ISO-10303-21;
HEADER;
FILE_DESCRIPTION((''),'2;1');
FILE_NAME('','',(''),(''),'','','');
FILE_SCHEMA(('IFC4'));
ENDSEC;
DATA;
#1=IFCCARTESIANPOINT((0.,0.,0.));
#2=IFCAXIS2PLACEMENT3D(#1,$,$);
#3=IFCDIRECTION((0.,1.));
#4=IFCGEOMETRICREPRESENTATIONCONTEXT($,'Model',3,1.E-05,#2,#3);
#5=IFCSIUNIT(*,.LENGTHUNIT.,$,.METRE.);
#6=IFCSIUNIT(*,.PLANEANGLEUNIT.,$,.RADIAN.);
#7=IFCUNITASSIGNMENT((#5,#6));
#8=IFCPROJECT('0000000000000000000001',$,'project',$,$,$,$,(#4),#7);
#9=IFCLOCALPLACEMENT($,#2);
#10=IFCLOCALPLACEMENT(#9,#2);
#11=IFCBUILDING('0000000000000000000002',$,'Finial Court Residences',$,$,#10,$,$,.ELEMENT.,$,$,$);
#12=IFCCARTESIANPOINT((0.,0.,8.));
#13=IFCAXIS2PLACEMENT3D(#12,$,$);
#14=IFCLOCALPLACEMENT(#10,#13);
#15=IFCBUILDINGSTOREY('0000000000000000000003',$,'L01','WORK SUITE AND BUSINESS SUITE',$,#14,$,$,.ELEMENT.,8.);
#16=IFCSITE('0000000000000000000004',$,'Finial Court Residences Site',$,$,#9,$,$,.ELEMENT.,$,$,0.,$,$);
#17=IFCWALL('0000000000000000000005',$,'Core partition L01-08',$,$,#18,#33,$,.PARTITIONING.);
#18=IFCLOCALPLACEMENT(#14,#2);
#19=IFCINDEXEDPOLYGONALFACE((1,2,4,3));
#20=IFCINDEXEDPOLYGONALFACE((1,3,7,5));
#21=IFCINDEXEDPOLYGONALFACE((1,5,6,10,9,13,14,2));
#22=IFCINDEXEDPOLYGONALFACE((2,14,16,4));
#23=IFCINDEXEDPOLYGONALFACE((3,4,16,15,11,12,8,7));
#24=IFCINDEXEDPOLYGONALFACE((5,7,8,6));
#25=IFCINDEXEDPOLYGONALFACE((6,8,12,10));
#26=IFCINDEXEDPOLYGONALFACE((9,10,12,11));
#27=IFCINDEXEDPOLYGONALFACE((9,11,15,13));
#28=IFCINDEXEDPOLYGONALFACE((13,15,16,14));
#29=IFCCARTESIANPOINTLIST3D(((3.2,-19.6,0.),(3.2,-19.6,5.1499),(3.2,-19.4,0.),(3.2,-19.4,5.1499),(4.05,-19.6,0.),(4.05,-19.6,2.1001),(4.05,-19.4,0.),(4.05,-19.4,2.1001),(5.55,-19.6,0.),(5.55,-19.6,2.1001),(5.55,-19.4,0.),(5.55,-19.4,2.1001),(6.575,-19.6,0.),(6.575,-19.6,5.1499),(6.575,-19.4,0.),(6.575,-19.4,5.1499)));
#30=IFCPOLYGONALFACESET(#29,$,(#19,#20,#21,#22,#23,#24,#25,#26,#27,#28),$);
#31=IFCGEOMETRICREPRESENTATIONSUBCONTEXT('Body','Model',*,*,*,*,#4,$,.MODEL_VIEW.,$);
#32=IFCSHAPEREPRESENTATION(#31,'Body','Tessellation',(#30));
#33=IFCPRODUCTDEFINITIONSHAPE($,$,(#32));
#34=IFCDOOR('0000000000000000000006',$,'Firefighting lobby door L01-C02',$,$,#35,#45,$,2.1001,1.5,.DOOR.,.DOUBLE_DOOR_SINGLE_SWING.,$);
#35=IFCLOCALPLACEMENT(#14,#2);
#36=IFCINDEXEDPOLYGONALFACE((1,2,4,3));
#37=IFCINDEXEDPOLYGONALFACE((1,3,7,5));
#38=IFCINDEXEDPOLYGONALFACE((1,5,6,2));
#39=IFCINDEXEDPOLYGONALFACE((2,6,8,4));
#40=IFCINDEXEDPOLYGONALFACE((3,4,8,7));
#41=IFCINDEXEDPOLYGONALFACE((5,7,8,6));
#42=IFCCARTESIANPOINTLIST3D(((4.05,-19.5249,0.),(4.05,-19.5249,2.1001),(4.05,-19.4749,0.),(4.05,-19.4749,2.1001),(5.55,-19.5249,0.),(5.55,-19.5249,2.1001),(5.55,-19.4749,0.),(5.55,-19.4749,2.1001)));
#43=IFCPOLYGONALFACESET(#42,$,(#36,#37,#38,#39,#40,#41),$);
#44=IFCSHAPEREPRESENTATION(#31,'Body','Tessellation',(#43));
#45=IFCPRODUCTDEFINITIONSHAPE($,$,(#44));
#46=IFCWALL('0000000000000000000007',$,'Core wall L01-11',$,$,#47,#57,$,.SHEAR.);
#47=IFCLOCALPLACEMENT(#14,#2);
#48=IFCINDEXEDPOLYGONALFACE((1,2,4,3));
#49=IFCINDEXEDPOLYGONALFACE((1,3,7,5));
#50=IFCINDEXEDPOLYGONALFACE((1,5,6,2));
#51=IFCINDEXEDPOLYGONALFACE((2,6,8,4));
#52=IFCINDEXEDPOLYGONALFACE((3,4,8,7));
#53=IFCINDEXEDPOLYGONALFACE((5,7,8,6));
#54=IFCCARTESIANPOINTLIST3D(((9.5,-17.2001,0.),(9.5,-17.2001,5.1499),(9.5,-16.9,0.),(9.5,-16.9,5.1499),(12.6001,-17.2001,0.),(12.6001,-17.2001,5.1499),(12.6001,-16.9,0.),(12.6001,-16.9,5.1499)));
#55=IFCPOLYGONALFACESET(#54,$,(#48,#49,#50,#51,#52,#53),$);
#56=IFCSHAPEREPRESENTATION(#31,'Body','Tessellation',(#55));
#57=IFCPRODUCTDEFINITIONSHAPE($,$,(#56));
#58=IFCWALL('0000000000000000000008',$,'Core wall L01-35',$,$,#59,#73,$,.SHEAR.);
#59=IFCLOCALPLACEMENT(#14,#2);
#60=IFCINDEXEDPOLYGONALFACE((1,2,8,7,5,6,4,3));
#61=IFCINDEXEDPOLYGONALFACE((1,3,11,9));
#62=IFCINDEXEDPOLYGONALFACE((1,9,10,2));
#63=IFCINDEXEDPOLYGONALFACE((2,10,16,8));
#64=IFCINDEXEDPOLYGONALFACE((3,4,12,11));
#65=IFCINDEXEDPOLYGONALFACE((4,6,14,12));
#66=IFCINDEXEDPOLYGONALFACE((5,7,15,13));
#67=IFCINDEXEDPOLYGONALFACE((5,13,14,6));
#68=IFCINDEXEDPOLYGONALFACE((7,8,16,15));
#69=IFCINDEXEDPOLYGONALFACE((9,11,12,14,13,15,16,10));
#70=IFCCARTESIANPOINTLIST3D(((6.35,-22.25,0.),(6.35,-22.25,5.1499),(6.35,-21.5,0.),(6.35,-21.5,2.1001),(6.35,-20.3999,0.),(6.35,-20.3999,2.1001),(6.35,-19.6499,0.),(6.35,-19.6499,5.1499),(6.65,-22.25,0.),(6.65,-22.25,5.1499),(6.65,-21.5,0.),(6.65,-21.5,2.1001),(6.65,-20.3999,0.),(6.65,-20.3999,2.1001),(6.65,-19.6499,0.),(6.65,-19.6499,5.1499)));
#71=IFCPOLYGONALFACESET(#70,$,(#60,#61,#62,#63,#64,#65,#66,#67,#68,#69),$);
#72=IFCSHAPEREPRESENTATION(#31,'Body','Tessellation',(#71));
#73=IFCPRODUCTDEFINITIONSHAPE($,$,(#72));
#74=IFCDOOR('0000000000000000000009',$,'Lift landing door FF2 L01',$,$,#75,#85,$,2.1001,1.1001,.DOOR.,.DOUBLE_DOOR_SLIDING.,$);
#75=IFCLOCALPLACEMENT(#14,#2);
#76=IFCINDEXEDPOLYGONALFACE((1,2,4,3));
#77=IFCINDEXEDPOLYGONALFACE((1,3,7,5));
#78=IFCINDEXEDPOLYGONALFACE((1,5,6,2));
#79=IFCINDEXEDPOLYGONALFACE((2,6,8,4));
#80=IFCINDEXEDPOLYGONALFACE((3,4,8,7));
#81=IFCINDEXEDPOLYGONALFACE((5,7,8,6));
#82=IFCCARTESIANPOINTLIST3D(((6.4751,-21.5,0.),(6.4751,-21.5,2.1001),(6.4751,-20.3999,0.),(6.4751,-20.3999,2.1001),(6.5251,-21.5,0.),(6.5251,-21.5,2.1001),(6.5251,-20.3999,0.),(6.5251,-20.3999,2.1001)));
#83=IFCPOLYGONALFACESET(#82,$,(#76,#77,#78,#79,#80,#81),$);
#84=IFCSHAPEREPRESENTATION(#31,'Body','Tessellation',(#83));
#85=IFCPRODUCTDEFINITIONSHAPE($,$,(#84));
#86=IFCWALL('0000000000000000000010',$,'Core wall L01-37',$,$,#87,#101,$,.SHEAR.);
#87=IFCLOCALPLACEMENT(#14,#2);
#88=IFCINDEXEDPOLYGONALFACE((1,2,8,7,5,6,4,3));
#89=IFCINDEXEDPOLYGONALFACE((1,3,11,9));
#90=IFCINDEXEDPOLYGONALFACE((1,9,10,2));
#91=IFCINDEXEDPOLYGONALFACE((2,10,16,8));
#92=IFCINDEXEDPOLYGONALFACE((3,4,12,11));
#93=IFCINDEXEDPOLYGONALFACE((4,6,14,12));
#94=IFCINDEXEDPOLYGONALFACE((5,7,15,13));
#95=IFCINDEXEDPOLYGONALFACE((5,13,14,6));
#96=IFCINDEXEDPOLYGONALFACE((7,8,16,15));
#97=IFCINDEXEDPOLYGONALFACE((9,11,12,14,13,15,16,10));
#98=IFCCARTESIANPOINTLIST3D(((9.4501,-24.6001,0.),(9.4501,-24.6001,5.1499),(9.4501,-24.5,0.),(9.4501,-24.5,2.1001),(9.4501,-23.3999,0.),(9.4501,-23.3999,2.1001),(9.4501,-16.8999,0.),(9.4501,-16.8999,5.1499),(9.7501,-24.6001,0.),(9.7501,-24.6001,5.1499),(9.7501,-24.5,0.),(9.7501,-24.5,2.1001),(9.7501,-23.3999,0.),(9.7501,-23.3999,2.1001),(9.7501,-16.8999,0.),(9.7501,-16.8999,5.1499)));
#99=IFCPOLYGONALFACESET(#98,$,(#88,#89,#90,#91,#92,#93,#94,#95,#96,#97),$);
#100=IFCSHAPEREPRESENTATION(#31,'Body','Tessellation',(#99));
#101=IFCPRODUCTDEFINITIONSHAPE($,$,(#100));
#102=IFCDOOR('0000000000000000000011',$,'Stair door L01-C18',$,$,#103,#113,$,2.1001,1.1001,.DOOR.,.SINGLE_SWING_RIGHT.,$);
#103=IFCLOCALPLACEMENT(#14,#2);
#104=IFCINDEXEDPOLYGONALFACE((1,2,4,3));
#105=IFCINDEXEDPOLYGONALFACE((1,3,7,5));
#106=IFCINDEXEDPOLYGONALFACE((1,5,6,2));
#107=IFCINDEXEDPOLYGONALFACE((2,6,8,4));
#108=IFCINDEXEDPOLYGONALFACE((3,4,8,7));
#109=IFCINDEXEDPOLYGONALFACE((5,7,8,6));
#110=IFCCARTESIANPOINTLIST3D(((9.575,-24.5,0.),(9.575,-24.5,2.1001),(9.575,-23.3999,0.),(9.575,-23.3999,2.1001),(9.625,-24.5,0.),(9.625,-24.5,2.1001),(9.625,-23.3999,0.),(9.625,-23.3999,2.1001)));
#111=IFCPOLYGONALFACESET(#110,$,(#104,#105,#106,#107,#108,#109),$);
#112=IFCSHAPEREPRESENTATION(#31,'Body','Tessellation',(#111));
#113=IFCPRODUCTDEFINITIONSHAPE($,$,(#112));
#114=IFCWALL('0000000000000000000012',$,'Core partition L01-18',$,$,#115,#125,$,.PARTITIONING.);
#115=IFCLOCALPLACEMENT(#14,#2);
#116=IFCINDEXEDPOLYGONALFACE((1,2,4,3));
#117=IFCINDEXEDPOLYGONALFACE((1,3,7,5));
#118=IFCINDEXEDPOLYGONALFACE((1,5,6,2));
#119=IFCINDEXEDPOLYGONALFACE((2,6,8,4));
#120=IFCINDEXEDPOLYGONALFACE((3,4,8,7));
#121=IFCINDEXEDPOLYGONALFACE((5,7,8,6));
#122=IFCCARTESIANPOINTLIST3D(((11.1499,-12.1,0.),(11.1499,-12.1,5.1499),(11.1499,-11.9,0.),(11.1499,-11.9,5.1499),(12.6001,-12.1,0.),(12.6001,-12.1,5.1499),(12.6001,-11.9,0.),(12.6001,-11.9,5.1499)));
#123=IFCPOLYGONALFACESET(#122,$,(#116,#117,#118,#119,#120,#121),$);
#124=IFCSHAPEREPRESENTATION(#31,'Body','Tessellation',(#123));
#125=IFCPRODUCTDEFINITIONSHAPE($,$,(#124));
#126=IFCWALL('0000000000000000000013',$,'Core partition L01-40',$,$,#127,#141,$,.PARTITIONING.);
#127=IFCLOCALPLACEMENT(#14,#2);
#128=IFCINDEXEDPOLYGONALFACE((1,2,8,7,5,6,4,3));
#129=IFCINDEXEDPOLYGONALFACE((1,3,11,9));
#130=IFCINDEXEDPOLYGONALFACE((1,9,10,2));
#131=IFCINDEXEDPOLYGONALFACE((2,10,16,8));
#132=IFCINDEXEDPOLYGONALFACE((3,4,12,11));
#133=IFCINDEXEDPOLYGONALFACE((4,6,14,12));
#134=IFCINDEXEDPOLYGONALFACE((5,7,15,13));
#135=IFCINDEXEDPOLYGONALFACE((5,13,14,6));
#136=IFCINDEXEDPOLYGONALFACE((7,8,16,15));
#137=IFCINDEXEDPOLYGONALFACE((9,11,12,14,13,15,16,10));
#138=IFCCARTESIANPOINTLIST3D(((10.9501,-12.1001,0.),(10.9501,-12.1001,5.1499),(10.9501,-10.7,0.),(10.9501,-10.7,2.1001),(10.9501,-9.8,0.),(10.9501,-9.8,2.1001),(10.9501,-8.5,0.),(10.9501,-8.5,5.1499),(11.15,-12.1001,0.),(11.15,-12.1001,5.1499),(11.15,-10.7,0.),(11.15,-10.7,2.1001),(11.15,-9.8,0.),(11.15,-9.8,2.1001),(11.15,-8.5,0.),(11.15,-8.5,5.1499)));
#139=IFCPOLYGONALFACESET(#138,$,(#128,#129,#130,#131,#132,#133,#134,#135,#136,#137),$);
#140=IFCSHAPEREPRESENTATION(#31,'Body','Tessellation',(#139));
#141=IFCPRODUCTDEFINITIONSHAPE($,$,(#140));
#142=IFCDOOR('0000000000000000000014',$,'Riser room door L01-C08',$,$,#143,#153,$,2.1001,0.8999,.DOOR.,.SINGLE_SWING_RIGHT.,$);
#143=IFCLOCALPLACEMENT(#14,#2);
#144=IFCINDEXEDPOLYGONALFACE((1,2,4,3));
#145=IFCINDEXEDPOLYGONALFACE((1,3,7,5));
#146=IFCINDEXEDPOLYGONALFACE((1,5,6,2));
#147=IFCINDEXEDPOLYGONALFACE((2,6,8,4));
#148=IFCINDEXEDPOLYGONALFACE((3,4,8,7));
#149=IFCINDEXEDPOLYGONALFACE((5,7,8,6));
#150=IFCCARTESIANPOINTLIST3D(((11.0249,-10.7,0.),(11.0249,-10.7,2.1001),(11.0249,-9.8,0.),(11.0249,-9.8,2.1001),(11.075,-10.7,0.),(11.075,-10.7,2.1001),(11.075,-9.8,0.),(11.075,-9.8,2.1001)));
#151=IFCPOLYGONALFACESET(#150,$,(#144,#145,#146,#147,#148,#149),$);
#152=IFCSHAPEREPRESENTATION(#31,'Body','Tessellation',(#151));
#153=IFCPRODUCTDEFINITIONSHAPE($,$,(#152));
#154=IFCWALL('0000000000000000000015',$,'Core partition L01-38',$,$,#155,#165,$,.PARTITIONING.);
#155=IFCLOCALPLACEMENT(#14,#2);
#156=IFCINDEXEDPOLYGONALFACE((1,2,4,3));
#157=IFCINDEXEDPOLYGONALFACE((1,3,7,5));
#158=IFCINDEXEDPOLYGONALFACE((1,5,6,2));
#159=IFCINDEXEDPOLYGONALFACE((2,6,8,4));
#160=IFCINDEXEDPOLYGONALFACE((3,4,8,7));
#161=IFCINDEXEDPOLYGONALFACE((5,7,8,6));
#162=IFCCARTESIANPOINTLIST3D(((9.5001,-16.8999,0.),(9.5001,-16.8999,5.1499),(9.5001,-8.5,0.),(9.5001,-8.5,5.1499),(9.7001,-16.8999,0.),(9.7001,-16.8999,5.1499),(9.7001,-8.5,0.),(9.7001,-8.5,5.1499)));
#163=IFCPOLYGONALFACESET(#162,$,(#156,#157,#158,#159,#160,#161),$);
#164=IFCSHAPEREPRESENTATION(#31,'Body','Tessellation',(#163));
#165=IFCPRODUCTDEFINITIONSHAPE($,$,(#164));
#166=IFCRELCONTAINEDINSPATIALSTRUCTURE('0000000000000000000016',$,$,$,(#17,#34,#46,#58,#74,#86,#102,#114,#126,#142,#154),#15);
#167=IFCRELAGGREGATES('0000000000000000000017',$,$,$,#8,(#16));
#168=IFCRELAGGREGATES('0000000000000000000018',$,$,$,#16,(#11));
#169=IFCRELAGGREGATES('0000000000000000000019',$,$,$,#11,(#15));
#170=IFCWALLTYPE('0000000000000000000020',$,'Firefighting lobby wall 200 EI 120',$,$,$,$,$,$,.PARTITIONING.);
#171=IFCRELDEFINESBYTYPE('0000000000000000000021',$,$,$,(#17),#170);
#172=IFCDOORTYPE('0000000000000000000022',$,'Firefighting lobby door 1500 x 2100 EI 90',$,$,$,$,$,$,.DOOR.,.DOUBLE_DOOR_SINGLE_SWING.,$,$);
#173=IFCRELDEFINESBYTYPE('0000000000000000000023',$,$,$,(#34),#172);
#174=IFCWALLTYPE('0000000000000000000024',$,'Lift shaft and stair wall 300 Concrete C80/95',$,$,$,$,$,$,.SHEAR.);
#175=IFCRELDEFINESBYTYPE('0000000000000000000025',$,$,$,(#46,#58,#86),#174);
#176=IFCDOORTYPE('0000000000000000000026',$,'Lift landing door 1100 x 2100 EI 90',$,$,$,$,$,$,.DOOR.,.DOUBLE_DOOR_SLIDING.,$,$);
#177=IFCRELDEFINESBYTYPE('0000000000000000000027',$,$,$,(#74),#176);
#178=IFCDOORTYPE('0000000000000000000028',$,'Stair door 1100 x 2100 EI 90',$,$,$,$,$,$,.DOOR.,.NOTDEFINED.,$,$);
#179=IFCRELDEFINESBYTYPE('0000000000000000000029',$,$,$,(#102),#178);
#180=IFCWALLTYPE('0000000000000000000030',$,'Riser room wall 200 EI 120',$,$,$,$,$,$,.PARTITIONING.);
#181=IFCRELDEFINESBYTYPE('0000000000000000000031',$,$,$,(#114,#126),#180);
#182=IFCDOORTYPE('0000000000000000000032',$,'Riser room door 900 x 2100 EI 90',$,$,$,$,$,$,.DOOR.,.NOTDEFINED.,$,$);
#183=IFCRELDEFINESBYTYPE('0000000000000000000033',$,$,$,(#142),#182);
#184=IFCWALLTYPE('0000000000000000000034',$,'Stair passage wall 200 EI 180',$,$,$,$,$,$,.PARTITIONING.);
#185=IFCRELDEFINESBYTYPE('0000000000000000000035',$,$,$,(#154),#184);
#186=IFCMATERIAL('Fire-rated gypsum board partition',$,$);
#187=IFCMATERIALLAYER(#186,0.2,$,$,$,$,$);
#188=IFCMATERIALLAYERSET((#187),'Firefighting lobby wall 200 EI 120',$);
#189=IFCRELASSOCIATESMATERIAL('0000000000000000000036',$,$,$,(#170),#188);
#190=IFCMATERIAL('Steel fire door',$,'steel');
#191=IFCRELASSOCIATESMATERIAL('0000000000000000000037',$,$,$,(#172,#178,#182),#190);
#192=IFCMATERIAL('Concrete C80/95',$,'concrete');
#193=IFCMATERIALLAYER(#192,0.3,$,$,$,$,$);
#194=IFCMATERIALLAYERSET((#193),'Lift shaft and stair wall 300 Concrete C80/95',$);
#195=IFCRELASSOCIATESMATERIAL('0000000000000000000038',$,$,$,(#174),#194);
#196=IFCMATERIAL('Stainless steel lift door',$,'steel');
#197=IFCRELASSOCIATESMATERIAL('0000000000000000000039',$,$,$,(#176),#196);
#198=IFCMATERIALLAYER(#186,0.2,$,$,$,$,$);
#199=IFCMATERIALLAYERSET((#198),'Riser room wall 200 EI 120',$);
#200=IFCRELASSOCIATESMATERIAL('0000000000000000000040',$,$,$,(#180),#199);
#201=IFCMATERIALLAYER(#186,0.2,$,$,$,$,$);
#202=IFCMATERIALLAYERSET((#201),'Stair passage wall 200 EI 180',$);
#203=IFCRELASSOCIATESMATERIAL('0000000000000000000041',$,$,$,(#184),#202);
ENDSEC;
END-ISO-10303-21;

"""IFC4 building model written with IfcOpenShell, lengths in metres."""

from ifc_helpers import new_model, si_unit, direction, frame, frame_2d, origin, place, context, subcontext, project, spatial, rectangle, extrude, material, layer, layer_set, type_object, element, fill, save


model = new_model("IFC4")

# Units and contexts
model_context = context("Model", 3, precision=1e-05, world=origin(), true_north=direction((0.0, 1.0)))
body_context = subcontext(model_context, "Body", "Model", "MODEL_VIEW")
ifc_project = project(units=[si_unit("LENGTHUNIT", "METRE"), si_unit("PLANEANGLEUNIT", "RADIAN")], contexts=[model_context])

# Site, building, storey
site_placement = place(None, origin())
site = spatial("IfcSite", under=ifc_project, at=site_placement, Name="Finial Court Residences Site", CompositionType="ELEMENT", RefElevation=0.0)
building_placement = place(site_placement, origin())
building = spatial("IfcBuilding", under=site, at=building_placement, Name="Finial Court Residences", CompositionType="ELEMENT")
storey_placement = place(building_placement, frame((0.0, 0.0, 8.0)))
storey = spatial("IfcBuildingStorey", under=building, at=storey_placement, Name="L01", Description="WORK SUITE AND BUSINESS SUITE", CompositionType="ELEMENT", Elevation=8.0)

# Shared definitions
ifc_material_1 = material(Name="Concrete C80/95", Category="concrete")

# Shared definitions
ifc_material_2 = material(Name="Fire-rated gypsum board partition")

# Shared definitions
ifc_material_3 = material(Name="Steel fire door", Category="steel")

# Wall, opening, door
ifc_layer_1 = layer(ifc_material_2, 0.2)
ifc_layer_set_1 = layer_set([ifc_layer_1], Name="Firefighting lobby wall 200 EI 120")
wall_type_1 = type_object("IfcWallType", Name="Firefighting lobby wall 200 EI 120", PredefinedType="PARTITIONING", material=ifc_layer_set_1)
wall_1_placement = place(storey_placement, frame((6.575, -19.5, 0.0), z_axis=(0.0, 0.0, 1.0), x_axis=(-1.0, 0.0, 0.0)))
wall_1 = element("IfcWall", 1, at=wall_1_placement, inside=storey, type_object=wall_type_1, Name="Core partition L01-08", PredefinedType="PARTITIONING", context=body_context, shape_type="SweptSolid", body=[
    extrude(rectangle(XDim=3.375, YDim=0.2, at=frame_2d((1.6875, 0.0))), origin(), (0.0, 0.0, 1.0), 5.1499),
])
opening_1_placement = place(wall_1_placement, frame((1.0249, 0.0, 0.0)))
opening_1 = element("IfcOpeningElement", 2, at=opening_1_placement, cuts=wall_1, PredefinedType="OPENING", context=body_context, shape_type="SweptSolid", body=[
    extrude(rectangle(XDim=1.5, YDim=2.1001, at=frame_2d((0.75, 1.05))), frame((0.0, 0.1099, 0.0), z_axis=(0.0, -1.0, 0.0), x_axis=(1.0, 0.0, 0.0)), (0.0, 0.0, 1.0), 0.22),
])
door_type_1 = type_object("IfcDoorType", Name="Firefighting lobby door 1500 x 2100 EI 90", OperationType="DOUBLE_DOOR_SINGLE_SWING", PredefinedType="DOOR", material=ifc_material_3)
door_1_placement = place(opening_1_placement, origin())
door_1 = element("IfcDoor", 3, at=door_1_placement, inside=storey, type_object=door_type_1, Name="Firefighting lobby door L01-C02", OperationType="DOUBLE_DOOR_SINGLE_SWING", OverallHeight=2.1001, OverallWidth=1.5, PredefinedType="DOOR", context=body_context, shape_type="SweptSolid", body=[
    extrude(rectangle(XDim=1.5, YDim=2.1001, at=frame_2d((0.75, 1.05))), frame((0.0, 0.0249, 0.0), z_axis=(0.0, -1.0, 0.0), x_axis=(1.0, 0.0, 0.0)), (0.0, 0.0, 1.0), 0.05),
])
fill(opening_1, door_1)

# Wall
ifc_layer_2 = layer(ifc_material_1, 0.3)
ifc_layer_set_2 = layer_set([ifc_layer_2], Name="Lift shaft and stair wall 300 Concrete C80/95")
wall_type_2 = type_object("IfcWallType", Name="Lift shaft and stair wall 300 Concrete C80/95", PredefinedType="SHEAR", material=ifc_layer_set_2)
wall_2_placement = place(storey_placement, frame((9.5, -17.05, 0.0), z_axis=(0.0, 0.0, 1.0), x_axis=(1.0, 0.0, 0.0)))
element("IfcWall", 4, at=wall_2_placement, inside=storey, type_object=wall_type_2, Name="Core wall L01-11", PredefinedType="SHEAR", context=body_context, shape_type="SweptSolid", body=[
    extrude(rectangle(XDim=3.1001, YDim=0.3, at=frame_2d((1.55, 0.0))), origin(), (0.0, 0.0, 1.0), 5.1499),
])

# Walls, openings, doors
wall_3_placement = place(storey_placement, frame((6.5, -22.25, 0.0), z_axis=(0.0, 0.0, 1.0), x_axis=(0.0, 1.0, 0.0)))
wall_3 = element("IfcWall", 5, at=wall_3_placement, inside=storey, type_object=wall_type_2, Name="Core wall L01-35", PredefinedType="SHEAR", context=body_context, shape_type="SweptSolid", body=[
    extrude(rectangle(XDim=2.6001, YDim=0.3, at=frame_2d((1.3, 0.0))), origin(), (0.0, 0.0, 1.0), 5.1499),
])
opening_2_placement = place(wall_3_placement, frame((0.75, 0.0, 0.0)))
opening_2 = element("IfcOpeningElement", 6, at=opening_2_placement, cuts=wall_3, PredefinedType="OPENING", context=body_context, shape_type="SweptSolid", body=[
    extrude(rectangle(XDim=1.1001, YDim=2.1001, at=frame_2d((0.55, 1.05))), frame((0.0, 0.1599, 0.0), z_axis=(0.0, -1.0, 0.0), x_axis=(1.0, 0.0, 0.0)), (0.0, 0.0, 1.0), 0.3201),
])
ifc_material_4 = material(Name="Stainless steel lift door", Category="steel")
door_type_2 = type_object("IfcDoorType", Name="Lift landing door 1100 x 2100 EI 90", OperationType="DOUBLE_DOOR_SLIDING", PredefinedType="DOOR", material=ifc_material_4)
door_2_placement = place(opening_2_placement, origin())
door_2 = element("IfcDoor", 7, at=door_2_placement, inside=storey, type_object=door_type_2, Name="Lift landing door FF2 L01", OperationType="DOUBLE_DOOR_SLIDING", OverallHeight=2.1001, OverallWidth=1.1001, PredefinedType="DOOR", context=body_context, shape_type="SweptSolid", body=[
    extrude(rectangle(XDim=1.1001, YDim=2.1001, at=frame_2d((0.55, 1.05))), frame((0.0, 0.0249, 0.0), z_axis=(0.0, -1.0, 0.0), x_axis=(1.0, 0.0, 0.0)), (0.0, 0.0, 1.0), 0.05),
])
fill(opening_2, door_2)
wall_4_placement = place(storey_placement, frame((9.6001, -16.8999, 0.0), z_axis=(0.0, 0.0, 1.0), x_axis=(0.0, -1.0, 0.0)))
wall_4 = element("IfcWall", 8, at=wall_4_placement, inside=storey, type_object=wall_type_2, Name="Core wall L01-37", PredefinedType="SHEAR", context=body_context, shape_type="SweptSolid", body=[
    extrude(rectangle(XDim=7.7002, YDim=0.3, at=frame_2d((3.8501, 0.0))), origin(), (0.0, 0.0, 1.0), 5.1499),
])
opening_3_placement = place(wall_4_placement, frame((6.5, 0.0, 0.0)))
opening_3 = element("IfcOpeningElement", 9, at=opening_3_placement, cuts=wall_4, PredefinedType="OPENING", context=body_context, shape_type="SweptSolid", body=[
    extrude(rectangle(XDim=1.1001, YDim=2.1001, at=frame_2d((0.55, 1.05))), frame((0.0, 0.1599, 0.0), z_axis=(0.0, -1.0, 0.0), x_axis=(1.0, 0.0, 0.0)), (0.0, 0.0, 1.0), 0.3201),
])
door_type_3 = type_object("IfcDoorType", Name="Stair door 1100 x 2100 EI 90", OperationType="NOTDEFINED", PredefinedType="DOOR", material=ifc_material_3)
door_3_placement = place(opening_3_placement, origin())
door_3 = element("IfcDoor", 10, at=door_3_placement, inside=storey, type_object=door_type_3, Name="Stair door L01-C18", OperationType="SINGLE_SWING_RIGHT", OverallHeight=2.1001, OverallWidth=1.1001, PredefinedType="DOOR", context=body_context, shape_type="SweptSolid", body=[
    extrude(rectangle(XDim=1.1001, YDim=2.1001, at=frame_2d((0.55, 1.05))), frame((0.0, 0.0249, 0.0), z_axis=(0.0, -1.0, 0.0), x_axis=(1.0, 0.0, 0.0)), (0.0, 0.0, 1.0), 0.05),
])
fill(opening_3, door_3)

# Wall
ifc_layer_3 = layer(ifc_material_2, 0.2)
ifc_layer_set_3 = layer_set([ifc_layer_3], Name="Riser room wall 200 EI 120")
wall_type_3 = type_object("IfcWallType", Name="Riser room wall 200 EI 120", PredefinedType="PARTITIONING", material=ifc_layer_set_3)
wall_5_placement = place(storey_placement, frame((11.1499, -12.0, 0.0), z_axis=(0.0, 0.0, 1.0), x_axis=(1.0, 0.0, 0.0)))
element("IfcWall", 11, at=wall_5_placement, inside=storey, type_object=wall_type_3, Name="Core partition L01-18", PredefinedType="PARTITIONING", context=body_context, shape_type="SweptSolid", body=[
    extrude(rectangle(XDim=1.4502, YDim=0.2, at=frame_2d((0.7251, 0.0))), origin(), (0.0, 0.0, 1.0), 5.1499),
])

# Wall, opening, door
wall_6_placement = place(storey_placement, frame((11.05, -8.5, 0.0), z_axis=(0.0, 0.0, 1.0), x_axis=(0.0, -1.0, 0.0)))
wall_6 = element("IfcWall", 12, at=wall_6_placement, inside=storey, type_object=wall_type_3, Name="Core partition L01-40", PredefinedType="PARTITIONING", context=body_context, shape_type="SweptSolid", body=[
    extrude(rectangle(XDim=3.6001, YDim=0.2, at=frame_2d((1.8, 0.0))), origin(), (0.0, 0.0, 1.0), 5.1499),
])
opening_4_placement = place(wall_6_placement, frame((1.3, 0.0, 0.0)))
opening_4 = element("IfcOpeningElement", 13, at=opening_4_placement, cuts=wall_6, PredefinedType="OPENING", context=body_context, shape_type="SweptSolid", body=[
    extrude(rectangle(XDim=0.8999, YDim=2.1001, at=frame_2d((0.45, 1.05))), frame((0.0, 0.1099, 0.0), z_axis=(0.0, -1.0, 0.0), x_axis=(1.0, 0.0, 0.0)), (0.0, 0.0, 1.0), 0.22),
])
door_type_4 = type_object("IfcDoorType", Name="Riser room door 900 x 2100 EI 90", OperationType="NOTDEFINED", PredefinedType="DOOR", material=ifc_material_3)
door_4_placement = place(opening_4_placement, origin())
door_4 = element("IfcDoor", 14, at=door_4_placement, inside=storey, type_object=door_type_4, Name="Riser room door L01-C08", OperationType="SINGLE_SWING_RIGHT", OverallHeight=2.1001, OverallWidth=0.8999, PredefinedType="DOOR", context=body_context, shape_type="SweptSolid", body=[
    extrude(rectangle(XDim=0.8999, YDim=2.1001, at=frame_2d((0.45, 1.05))), frame((0.0, 0.0249, 0.0), z_axis=(0.0, -1.0, 0.0), x_axis=(1.0, 0.0, 0.0)), (0.0, 0.0, 1.0), 0.05),
])
fill(opening_4, door_4)

# Wall
ifc_layer_4 = layer(ifc_material_2, 0.2)
ifc_layer_set_4 = layer_set([ifc_layer_4], Name="Stair passage wall 200 EI 180")
wall_type_4 = type_object("IfcWallType", Name="Stair passage wall 200 EI 180", PredefinedType="PARTITIONING", material=ifc_layer_set_4)
wall_7_placement = place(storey_placement, frame((9.6001, -16.8999, 0.0), z_axis=(0.0, 0.0, 1.0), x_axis=(0.0, 1.0, 0.0)))
element("IfcWall", 15, at=wall_7_placement, inside=storey, type_object=wall_type_4, Name="Core partition L01-38", PredefinedType="PARTITIONING", context=body_context, shape_type="SweptSolid", body=[
    extrude(rectangle(XDim=8.3999, YDim=0.2, at=frame_2d((4.2, 0.0))), origin(), (0.0, 0.0, 1.0), 5.1499),
])

save(model, "model.ifc")
